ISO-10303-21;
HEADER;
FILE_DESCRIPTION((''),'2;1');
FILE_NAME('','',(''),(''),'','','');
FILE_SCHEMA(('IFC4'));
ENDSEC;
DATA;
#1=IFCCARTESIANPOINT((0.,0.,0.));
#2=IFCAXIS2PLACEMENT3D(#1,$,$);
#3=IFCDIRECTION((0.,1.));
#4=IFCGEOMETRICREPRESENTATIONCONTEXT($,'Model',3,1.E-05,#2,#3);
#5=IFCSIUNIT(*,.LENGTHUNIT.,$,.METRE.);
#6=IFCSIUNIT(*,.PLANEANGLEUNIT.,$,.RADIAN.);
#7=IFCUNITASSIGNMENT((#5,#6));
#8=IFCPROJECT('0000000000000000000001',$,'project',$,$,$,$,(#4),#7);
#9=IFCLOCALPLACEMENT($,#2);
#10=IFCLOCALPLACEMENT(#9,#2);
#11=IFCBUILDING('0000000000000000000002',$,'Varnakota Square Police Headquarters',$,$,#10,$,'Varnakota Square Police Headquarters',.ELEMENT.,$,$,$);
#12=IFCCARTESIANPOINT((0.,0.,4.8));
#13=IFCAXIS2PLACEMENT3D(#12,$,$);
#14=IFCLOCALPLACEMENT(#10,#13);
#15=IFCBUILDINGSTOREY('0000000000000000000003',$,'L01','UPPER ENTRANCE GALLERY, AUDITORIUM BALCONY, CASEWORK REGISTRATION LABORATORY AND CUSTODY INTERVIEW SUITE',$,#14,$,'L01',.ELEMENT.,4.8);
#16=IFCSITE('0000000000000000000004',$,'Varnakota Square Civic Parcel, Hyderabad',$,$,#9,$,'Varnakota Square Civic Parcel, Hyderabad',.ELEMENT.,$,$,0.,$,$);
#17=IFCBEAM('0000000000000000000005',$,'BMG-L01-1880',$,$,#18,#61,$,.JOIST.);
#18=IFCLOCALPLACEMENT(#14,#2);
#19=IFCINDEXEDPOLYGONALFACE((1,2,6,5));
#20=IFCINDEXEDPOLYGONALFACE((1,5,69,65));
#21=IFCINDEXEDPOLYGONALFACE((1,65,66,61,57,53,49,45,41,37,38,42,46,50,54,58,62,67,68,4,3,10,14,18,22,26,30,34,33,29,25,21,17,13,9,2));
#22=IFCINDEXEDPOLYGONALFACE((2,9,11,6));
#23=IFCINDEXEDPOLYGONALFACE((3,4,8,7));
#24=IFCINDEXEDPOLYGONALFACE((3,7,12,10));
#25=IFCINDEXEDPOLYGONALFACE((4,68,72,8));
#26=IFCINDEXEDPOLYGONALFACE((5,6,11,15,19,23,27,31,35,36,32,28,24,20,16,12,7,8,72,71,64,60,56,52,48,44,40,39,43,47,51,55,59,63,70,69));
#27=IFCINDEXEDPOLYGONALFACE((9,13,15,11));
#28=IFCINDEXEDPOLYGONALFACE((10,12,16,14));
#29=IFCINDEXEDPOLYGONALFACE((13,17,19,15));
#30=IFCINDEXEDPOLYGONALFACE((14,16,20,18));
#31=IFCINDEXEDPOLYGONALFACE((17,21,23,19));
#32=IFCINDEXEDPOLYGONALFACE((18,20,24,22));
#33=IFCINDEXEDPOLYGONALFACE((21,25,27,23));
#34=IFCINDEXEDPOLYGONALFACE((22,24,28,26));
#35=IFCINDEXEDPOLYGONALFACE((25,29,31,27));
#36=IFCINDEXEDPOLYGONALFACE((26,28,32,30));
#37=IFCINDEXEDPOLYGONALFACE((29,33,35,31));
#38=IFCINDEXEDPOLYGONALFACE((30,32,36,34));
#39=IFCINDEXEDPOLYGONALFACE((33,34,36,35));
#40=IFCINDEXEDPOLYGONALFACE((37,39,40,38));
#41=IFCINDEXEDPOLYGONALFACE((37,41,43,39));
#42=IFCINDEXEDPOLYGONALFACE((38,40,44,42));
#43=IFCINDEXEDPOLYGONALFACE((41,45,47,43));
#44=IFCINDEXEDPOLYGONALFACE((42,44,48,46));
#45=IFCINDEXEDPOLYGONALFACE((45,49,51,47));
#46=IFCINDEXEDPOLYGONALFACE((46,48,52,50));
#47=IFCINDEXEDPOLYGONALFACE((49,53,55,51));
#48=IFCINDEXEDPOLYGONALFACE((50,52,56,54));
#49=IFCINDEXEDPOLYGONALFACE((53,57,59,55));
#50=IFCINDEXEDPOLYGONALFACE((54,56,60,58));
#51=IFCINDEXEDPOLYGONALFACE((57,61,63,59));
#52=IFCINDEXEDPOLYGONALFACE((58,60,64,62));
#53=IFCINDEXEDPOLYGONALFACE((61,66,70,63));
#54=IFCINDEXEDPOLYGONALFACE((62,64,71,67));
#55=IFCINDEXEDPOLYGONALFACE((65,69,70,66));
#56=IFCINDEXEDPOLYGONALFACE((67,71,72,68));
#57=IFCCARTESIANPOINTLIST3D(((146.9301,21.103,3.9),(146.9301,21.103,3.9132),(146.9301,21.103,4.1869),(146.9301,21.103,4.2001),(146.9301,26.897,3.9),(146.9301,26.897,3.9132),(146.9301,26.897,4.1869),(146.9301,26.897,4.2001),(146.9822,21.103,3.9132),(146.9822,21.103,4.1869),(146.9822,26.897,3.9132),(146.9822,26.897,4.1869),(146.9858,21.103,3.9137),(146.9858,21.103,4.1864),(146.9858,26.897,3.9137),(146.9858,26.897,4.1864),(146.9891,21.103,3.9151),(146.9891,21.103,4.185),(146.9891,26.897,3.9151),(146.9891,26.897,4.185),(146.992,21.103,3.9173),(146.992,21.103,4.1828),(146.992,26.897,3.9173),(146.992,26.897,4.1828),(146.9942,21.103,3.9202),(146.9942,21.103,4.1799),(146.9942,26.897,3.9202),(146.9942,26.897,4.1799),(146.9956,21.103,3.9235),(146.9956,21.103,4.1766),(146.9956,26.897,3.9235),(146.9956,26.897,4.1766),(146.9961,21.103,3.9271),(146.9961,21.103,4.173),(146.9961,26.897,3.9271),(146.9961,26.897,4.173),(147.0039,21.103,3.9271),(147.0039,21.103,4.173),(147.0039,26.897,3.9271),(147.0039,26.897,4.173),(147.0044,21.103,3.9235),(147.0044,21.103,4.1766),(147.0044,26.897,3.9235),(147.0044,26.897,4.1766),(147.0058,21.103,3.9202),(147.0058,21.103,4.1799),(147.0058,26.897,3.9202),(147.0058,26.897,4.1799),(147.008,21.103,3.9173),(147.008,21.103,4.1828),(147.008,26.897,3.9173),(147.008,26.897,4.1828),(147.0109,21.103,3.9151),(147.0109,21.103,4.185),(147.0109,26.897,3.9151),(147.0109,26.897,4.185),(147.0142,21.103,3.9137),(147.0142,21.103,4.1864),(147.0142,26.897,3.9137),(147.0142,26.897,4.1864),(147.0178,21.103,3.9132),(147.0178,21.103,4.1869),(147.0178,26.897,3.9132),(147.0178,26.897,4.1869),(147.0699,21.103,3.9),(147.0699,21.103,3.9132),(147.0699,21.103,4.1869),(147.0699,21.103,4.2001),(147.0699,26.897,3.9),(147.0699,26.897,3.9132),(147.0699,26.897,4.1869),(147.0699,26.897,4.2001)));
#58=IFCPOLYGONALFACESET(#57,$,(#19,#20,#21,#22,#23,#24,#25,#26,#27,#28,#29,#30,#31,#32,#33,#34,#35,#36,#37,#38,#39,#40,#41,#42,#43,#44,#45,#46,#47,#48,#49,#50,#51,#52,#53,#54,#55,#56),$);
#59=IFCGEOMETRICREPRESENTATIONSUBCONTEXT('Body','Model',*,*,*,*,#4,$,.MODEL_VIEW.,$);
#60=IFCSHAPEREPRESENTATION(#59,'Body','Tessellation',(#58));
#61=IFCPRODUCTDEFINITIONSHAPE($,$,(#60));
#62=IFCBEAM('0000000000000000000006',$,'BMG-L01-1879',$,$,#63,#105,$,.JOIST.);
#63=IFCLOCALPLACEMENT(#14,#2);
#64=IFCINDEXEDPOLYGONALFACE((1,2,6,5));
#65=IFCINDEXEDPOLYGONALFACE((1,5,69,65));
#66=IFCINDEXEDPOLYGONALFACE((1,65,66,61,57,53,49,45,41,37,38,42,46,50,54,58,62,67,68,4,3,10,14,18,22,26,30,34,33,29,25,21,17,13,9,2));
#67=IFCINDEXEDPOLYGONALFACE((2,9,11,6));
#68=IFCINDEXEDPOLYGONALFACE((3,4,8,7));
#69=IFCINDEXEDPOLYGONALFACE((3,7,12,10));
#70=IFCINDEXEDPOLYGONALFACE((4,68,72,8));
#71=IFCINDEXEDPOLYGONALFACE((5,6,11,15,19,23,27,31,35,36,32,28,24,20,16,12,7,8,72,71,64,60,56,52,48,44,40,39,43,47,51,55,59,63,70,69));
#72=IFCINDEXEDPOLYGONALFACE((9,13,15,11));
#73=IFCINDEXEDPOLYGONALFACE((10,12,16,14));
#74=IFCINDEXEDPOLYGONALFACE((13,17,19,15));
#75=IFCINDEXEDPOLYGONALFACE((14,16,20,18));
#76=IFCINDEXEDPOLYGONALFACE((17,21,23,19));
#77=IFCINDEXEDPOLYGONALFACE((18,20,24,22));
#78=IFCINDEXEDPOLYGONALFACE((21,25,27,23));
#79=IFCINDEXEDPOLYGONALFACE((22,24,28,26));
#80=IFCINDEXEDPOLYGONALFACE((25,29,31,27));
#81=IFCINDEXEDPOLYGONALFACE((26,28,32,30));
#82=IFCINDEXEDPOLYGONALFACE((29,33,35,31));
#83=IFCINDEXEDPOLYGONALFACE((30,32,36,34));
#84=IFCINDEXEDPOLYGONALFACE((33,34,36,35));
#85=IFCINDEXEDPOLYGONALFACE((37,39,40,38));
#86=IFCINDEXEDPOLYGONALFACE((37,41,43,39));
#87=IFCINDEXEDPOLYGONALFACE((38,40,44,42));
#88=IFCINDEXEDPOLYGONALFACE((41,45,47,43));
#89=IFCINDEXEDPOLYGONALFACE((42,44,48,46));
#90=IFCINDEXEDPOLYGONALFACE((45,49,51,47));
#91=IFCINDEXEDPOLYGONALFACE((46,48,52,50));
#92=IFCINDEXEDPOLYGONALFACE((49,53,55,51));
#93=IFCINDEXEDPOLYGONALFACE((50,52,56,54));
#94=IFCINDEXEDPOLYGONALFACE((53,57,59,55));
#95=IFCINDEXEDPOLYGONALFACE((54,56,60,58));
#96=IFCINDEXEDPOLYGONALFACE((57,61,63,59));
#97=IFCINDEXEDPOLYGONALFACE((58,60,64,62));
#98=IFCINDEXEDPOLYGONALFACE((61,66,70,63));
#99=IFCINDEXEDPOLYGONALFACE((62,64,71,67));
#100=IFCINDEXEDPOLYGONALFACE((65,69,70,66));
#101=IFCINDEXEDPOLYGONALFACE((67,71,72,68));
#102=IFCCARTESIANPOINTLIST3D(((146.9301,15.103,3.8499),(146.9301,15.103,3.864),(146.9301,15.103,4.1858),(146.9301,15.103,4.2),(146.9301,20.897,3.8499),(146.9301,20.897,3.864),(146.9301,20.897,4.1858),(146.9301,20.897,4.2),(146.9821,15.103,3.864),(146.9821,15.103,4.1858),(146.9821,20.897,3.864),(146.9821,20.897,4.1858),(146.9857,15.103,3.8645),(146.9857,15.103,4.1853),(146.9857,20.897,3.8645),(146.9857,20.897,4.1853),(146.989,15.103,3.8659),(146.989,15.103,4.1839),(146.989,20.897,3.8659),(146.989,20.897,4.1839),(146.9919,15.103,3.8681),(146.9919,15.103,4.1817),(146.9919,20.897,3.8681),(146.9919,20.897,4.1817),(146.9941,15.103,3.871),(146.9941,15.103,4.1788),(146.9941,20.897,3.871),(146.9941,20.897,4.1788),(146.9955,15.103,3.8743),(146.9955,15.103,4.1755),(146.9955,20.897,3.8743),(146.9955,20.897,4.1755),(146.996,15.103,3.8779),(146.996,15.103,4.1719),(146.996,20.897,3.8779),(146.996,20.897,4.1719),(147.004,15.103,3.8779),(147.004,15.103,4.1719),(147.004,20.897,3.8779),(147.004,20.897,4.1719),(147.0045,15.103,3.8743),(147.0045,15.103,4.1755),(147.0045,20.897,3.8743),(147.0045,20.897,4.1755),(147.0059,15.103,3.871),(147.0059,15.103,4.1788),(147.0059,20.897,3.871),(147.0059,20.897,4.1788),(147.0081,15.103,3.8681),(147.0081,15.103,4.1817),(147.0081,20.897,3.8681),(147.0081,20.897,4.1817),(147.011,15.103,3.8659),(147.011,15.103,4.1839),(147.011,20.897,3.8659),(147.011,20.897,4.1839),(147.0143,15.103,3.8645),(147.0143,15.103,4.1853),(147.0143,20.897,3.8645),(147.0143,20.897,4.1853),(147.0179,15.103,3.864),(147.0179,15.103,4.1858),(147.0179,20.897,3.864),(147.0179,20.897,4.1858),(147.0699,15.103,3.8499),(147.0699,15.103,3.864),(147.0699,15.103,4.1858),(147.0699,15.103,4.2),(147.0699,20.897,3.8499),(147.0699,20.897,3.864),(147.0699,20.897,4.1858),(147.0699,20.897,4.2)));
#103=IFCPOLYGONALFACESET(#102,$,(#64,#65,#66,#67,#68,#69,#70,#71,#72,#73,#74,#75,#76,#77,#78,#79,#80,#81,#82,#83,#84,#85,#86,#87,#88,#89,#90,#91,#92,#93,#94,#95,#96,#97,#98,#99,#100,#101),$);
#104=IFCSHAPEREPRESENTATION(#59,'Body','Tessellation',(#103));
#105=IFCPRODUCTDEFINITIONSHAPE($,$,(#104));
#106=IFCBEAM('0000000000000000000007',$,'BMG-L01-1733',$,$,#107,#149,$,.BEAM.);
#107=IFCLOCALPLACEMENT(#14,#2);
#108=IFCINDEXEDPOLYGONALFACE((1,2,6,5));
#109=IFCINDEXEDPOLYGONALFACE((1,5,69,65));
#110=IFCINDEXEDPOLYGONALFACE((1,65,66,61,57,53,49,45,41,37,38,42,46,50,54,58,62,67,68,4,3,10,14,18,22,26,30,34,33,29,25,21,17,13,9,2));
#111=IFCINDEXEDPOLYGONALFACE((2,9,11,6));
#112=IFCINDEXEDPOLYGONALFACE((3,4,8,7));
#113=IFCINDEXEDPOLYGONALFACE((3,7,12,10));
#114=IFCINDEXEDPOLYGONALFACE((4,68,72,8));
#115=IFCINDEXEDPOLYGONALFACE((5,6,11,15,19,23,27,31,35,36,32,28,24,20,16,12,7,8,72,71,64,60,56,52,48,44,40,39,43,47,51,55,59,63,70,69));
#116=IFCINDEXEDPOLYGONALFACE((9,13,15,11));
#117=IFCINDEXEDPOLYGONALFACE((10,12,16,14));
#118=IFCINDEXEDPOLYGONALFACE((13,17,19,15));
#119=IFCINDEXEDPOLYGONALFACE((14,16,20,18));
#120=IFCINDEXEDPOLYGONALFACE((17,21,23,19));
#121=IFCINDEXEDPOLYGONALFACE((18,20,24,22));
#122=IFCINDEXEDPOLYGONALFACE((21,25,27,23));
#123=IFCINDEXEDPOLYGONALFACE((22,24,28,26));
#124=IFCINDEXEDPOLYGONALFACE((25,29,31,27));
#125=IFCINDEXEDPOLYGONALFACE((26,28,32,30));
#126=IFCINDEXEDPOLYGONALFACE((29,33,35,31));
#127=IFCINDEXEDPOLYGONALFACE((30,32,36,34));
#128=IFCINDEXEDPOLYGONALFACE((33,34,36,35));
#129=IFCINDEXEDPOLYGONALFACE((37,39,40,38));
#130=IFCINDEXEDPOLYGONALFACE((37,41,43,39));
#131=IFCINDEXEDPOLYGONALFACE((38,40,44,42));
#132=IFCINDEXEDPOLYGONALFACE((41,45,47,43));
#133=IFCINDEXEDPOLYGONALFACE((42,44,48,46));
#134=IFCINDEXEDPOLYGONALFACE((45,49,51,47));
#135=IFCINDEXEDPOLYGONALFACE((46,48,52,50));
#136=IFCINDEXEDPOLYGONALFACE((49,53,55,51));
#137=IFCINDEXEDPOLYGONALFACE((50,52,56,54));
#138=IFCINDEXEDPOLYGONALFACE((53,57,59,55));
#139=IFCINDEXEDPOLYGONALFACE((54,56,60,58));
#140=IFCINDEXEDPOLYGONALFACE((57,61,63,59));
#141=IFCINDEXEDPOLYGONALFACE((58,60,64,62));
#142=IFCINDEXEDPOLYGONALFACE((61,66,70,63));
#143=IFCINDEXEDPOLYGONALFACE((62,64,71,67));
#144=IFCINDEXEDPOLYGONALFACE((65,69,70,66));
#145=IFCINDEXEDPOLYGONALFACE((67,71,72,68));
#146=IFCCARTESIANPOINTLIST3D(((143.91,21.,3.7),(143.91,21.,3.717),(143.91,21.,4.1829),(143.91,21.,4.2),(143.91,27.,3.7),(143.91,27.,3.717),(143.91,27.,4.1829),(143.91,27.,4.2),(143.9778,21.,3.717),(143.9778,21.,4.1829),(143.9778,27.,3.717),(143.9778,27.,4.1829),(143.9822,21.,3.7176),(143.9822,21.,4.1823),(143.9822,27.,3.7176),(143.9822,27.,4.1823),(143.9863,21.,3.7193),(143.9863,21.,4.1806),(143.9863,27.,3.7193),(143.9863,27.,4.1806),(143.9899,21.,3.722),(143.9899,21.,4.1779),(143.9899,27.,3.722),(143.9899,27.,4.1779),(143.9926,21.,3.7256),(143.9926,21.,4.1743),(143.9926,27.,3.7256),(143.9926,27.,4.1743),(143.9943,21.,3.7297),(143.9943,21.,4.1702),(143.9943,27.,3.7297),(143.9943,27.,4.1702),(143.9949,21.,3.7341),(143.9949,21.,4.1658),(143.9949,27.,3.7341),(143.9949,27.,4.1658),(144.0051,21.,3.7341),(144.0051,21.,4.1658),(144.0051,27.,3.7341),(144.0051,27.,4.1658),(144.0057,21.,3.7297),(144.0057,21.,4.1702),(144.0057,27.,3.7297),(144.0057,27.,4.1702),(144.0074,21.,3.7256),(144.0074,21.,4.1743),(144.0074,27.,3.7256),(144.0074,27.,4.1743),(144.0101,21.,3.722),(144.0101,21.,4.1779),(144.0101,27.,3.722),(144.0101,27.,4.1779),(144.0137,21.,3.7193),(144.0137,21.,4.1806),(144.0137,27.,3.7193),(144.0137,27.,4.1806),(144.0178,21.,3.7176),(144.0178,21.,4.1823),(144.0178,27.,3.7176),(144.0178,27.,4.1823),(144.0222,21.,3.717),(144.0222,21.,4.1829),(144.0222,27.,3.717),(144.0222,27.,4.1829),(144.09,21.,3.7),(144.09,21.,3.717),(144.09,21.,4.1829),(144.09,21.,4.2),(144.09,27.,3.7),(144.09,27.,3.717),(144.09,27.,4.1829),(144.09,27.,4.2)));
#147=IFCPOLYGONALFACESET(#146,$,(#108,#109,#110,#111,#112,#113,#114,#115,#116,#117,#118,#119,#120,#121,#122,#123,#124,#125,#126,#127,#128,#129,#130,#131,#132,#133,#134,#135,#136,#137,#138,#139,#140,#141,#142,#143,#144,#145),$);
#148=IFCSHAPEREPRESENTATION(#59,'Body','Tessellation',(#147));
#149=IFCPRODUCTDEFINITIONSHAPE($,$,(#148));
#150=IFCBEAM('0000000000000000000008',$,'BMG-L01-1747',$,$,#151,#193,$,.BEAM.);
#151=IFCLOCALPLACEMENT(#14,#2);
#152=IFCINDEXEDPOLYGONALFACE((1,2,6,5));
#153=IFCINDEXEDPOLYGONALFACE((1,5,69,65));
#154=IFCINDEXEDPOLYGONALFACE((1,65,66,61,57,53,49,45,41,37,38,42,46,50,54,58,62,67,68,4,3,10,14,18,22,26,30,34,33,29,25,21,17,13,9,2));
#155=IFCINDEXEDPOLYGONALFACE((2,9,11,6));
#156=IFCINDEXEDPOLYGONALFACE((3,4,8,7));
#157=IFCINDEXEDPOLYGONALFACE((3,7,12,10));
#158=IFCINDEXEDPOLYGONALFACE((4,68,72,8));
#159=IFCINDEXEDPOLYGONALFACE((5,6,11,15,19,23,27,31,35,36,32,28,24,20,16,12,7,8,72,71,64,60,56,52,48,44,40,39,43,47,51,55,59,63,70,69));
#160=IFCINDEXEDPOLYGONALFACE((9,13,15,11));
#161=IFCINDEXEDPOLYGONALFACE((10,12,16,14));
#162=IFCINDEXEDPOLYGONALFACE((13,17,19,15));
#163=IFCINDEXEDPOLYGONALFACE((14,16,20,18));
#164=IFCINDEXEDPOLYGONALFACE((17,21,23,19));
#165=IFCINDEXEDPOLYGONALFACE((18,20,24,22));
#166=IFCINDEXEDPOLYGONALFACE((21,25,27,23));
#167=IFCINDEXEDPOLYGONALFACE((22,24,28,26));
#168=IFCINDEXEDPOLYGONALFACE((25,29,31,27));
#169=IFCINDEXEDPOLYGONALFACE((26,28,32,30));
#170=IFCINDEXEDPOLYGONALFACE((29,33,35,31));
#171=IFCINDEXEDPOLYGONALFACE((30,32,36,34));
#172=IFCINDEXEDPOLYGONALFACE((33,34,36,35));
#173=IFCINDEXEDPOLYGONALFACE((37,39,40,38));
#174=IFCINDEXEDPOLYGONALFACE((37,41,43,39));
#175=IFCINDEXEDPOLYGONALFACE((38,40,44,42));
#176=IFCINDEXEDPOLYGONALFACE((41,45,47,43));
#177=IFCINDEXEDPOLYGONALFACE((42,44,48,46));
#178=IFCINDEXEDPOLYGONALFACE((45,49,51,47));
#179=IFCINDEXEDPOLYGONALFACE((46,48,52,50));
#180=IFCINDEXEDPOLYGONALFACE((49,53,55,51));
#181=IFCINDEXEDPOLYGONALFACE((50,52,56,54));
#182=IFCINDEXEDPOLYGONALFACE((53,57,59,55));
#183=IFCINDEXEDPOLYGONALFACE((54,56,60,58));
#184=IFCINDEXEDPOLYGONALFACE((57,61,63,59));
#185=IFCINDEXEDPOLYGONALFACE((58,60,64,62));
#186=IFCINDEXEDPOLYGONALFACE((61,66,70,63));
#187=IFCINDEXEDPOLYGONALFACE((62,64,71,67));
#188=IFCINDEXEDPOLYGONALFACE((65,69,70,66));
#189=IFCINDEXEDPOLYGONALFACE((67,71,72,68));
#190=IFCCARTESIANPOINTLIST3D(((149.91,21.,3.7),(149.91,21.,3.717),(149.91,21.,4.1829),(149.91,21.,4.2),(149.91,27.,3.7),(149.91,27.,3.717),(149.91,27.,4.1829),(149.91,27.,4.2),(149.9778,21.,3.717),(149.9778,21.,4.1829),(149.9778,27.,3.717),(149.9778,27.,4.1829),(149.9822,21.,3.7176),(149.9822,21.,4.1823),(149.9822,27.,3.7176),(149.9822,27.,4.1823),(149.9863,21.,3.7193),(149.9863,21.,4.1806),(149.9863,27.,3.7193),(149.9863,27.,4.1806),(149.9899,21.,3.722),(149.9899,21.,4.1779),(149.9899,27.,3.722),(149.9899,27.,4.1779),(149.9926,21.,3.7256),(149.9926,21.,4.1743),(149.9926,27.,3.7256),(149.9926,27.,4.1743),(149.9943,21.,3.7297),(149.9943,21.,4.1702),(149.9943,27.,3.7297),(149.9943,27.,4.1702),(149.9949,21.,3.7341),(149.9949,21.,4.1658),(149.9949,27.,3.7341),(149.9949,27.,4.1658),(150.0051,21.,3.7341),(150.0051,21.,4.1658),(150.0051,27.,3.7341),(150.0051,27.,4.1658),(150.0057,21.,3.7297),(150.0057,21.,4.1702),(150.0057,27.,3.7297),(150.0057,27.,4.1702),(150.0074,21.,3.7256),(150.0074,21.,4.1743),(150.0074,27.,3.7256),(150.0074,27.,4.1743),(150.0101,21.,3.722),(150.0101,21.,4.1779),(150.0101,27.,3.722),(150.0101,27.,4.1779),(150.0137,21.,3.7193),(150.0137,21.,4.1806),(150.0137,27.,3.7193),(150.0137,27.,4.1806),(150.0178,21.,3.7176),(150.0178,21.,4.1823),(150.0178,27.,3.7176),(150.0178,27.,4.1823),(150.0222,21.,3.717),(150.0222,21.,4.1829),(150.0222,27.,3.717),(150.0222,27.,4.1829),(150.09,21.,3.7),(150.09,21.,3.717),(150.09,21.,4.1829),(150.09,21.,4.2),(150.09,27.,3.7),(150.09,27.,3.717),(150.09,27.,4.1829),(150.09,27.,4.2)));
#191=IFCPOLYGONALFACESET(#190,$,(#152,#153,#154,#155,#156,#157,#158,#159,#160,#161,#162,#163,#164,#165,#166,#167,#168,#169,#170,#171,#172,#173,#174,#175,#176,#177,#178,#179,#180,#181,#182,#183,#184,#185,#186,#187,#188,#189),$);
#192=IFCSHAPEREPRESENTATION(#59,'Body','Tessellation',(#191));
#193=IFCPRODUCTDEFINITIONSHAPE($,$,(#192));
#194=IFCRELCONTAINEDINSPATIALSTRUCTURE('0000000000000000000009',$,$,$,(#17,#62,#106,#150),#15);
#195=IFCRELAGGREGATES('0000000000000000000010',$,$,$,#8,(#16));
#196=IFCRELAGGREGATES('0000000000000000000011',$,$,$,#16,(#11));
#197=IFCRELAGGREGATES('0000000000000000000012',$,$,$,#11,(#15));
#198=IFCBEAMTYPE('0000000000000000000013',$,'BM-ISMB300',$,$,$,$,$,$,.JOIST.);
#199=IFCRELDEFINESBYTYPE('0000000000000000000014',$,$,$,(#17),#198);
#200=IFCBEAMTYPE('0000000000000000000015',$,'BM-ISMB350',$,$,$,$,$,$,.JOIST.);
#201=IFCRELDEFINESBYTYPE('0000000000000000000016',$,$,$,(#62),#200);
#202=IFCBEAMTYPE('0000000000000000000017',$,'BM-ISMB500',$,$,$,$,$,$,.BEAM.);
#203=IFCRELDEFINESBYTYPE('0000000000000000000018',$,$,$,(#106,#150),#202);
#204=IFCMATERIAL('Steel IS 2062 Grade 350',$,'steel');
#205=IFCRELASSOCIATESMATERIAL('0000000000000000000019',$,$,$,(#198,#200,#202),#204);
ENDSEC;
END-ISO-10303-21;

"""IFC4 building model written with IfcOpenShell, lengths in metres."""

from ifc_helpers import new_model, si_unit, direction, frame, origin, origin_2d, place, context, subcontext, project, spatial, i_section, extrude, material, material_profile, profile_set, type_object, element, save


model = new_model("IFC4")

# Units and contexts
model_context = context("Model", 3, precision=1e-05, world=origin(), true_north=direction((0.0, 1.0)))
body_context = subcontext(model_context, "Body", "Model", "MODEL_VIEW")
ifc_project = project(units=[si_unit("LENGTHUNIT", "METRE"), si_unit("PLANEANGLEUNIT", "RADIAN")], contexts=[model_context])

# Site, building, storey
site_placement = place(None, origin())
site = spatial("IfcSite", under=ifc_project, at=site_placement, Name="Varnakota Square Civic Parcel, Hyderabad", LongName="Varnakota Square Civic Parcel, Hyderabad", CompositionType="ELEMENT", RefElevation=0.0)
building_placement = place(site_placement, origin())
building = spatial("IfcBuilding", under=site, at=building_placement, Name="Varnakota Square Police Headquarters", LongName="Varnakota Square Police Headquarters", CompositionType="ELEMENT")
storey_placement = place(building_placement, frame((0.0, 0.0, 4.8)))
storey = spatial("IfcBuildingStorey", under=building, at=storey_placement, Name="L01", Description="UPPER ENTRANCE GALLERY, AUDITORIUM BALCONY, CASEWORK REGISTRATION LABORATORY AND CUSTODY INTERVIEW SUITE", LongName="L01", CompositionType="ELEMENT", Elevation=4.8)

# Shared definitions
ifc_material_1 = material(Name="Steel IS 2062 Grade 350", Category="steel")

# Beams
ifc_material_profile_1 = material_profile(ifc_material_1, i_section(OverallWidth=0.1399, OverallDepth=0.3, WebThickness=0.0078, FlangeThickness=0.0132, FilletRadius=0.0139, at=origin_2d()), Name="ISMB 300")
ifc_profile_set_1 = profile_set([ifc_material_profile_1], Name="Steel IS 2062 Grade 350")
beam_type_1 = type_object("IfcBeamType", Name="BM-ISMB300", PredefinedType="JOIST", material=ifc_profile_set_1)
beam_1_placement = place(storey_placement, frame((147.0, 21.103, 4.05), z_axis=(0.0, 1.0, 0.0), x_axis=(-1.0, 0.0, 0.0)))
element("IfcBeam", 1, at=beam_1_placement, inside=storey, type_object=beam_type_1, Name="BMG-L01-1880", PredefinedType="JOIST", context=body_context, shape_type="SweptSolid", body=[
    extrude(i_section(OverallWidth=0.1399, OverallDepth=0.3, WebThickness=0.0078, FlangeThickness=0.0132, FilletRadius=0.0139, at=origin_2d()), origin(), (0.0, 0.0, 1.0), 5.7939),
])
ifc_material_profile_2 = material_profile(ifc_material_1, i_section(OverallWidth=0.1399, OverallDepth=0.3501, WebThickness=0.0081, FlangeThickness=0.0142, FilletRadius=0.0139, at=origin_2d()), Name="ISMB 350")
ifc_profile_set_2 = profile_set([ifc_material_profile_2], Name="Steel IS 2062 Grade 350")
beam_type_2 = type_object("IfcBeamType", Name="BM-ISMB350", PredefinedType="JOIST", material=ifc_profile_set_2)
beam_2_placement = place(storey_placement, frame((147.0, 15.103, 4.0249), z_axis=(0.0, 1.0, 0.0), x_axis=(-1.0, 0.0, 0.0)))
element("IfcBeam", 2, at=beam_2_placement, inside=storey, type_object=beam_type_2, Name="BMG-L01-1879", PredefinedType="JOIST", context=body_context, shape_type="SweptSolid", body=[
    extrude(i_section(OverallWidth=0.1399, OverallDepth=0.3501, WebThickness=0.0081, FlangeThickness=0.0142, FilletRadius=0.0139, at=origin_2d()), origin(), (0.0, 0.0, 1.0), 5.7939),
])
ifc_material_profile_3 = material_profile(ifc_material_1, i_section(OverallWidth=0.1799, OverallDepth=0.5, WebThickness=0.0103, FlangeThickness=0.0171, FilletRadius=0.0171, at=origin_2d()), Name="ISMB 500")
ifc_profile_set_3 = profile_set([ifc_material_profile_3], Name="Steel IS 2062 Grade 350")
beam_type_3 = type_object("IfcBeamType", Name="BM-ISMB500", PredefinedType="BEAM", material=ifc_profile_set_3)
for number, where, z_axis, x_axis, name in (
    (3, (144.0, 21.0, 3.95), (0.0, 1.0, 0.0), (-1.0, 0.0, 0.0), "BMG-L01-1733"),
    (4, (150.0, 21.0, 3.95), (0.0, 1.0, 0.0), (-1.0, 0.0, 0.0), "BMG-L01-1747"),
):
    element("IfcBeam", number, at=place(storey_placement, frame(where, z_axis=z_axis, x_axis=x_axis)), inside=storey, type_object=beam_type_3, Name=name, PredefinedType="BEAM", context=body_context, shape_type="SweptSolid", body=[
        extrude(i_section(OverallWidth=0.1799, OverallDepth=0.5, WebThickness=0.0103, FlangeThickness=0.0171, FilletRadius=0.0171, at=origin_2d()), origin(), (0.0, 0.0, 1.0), 6.0),
    ])

save(model, "model.ifc")
